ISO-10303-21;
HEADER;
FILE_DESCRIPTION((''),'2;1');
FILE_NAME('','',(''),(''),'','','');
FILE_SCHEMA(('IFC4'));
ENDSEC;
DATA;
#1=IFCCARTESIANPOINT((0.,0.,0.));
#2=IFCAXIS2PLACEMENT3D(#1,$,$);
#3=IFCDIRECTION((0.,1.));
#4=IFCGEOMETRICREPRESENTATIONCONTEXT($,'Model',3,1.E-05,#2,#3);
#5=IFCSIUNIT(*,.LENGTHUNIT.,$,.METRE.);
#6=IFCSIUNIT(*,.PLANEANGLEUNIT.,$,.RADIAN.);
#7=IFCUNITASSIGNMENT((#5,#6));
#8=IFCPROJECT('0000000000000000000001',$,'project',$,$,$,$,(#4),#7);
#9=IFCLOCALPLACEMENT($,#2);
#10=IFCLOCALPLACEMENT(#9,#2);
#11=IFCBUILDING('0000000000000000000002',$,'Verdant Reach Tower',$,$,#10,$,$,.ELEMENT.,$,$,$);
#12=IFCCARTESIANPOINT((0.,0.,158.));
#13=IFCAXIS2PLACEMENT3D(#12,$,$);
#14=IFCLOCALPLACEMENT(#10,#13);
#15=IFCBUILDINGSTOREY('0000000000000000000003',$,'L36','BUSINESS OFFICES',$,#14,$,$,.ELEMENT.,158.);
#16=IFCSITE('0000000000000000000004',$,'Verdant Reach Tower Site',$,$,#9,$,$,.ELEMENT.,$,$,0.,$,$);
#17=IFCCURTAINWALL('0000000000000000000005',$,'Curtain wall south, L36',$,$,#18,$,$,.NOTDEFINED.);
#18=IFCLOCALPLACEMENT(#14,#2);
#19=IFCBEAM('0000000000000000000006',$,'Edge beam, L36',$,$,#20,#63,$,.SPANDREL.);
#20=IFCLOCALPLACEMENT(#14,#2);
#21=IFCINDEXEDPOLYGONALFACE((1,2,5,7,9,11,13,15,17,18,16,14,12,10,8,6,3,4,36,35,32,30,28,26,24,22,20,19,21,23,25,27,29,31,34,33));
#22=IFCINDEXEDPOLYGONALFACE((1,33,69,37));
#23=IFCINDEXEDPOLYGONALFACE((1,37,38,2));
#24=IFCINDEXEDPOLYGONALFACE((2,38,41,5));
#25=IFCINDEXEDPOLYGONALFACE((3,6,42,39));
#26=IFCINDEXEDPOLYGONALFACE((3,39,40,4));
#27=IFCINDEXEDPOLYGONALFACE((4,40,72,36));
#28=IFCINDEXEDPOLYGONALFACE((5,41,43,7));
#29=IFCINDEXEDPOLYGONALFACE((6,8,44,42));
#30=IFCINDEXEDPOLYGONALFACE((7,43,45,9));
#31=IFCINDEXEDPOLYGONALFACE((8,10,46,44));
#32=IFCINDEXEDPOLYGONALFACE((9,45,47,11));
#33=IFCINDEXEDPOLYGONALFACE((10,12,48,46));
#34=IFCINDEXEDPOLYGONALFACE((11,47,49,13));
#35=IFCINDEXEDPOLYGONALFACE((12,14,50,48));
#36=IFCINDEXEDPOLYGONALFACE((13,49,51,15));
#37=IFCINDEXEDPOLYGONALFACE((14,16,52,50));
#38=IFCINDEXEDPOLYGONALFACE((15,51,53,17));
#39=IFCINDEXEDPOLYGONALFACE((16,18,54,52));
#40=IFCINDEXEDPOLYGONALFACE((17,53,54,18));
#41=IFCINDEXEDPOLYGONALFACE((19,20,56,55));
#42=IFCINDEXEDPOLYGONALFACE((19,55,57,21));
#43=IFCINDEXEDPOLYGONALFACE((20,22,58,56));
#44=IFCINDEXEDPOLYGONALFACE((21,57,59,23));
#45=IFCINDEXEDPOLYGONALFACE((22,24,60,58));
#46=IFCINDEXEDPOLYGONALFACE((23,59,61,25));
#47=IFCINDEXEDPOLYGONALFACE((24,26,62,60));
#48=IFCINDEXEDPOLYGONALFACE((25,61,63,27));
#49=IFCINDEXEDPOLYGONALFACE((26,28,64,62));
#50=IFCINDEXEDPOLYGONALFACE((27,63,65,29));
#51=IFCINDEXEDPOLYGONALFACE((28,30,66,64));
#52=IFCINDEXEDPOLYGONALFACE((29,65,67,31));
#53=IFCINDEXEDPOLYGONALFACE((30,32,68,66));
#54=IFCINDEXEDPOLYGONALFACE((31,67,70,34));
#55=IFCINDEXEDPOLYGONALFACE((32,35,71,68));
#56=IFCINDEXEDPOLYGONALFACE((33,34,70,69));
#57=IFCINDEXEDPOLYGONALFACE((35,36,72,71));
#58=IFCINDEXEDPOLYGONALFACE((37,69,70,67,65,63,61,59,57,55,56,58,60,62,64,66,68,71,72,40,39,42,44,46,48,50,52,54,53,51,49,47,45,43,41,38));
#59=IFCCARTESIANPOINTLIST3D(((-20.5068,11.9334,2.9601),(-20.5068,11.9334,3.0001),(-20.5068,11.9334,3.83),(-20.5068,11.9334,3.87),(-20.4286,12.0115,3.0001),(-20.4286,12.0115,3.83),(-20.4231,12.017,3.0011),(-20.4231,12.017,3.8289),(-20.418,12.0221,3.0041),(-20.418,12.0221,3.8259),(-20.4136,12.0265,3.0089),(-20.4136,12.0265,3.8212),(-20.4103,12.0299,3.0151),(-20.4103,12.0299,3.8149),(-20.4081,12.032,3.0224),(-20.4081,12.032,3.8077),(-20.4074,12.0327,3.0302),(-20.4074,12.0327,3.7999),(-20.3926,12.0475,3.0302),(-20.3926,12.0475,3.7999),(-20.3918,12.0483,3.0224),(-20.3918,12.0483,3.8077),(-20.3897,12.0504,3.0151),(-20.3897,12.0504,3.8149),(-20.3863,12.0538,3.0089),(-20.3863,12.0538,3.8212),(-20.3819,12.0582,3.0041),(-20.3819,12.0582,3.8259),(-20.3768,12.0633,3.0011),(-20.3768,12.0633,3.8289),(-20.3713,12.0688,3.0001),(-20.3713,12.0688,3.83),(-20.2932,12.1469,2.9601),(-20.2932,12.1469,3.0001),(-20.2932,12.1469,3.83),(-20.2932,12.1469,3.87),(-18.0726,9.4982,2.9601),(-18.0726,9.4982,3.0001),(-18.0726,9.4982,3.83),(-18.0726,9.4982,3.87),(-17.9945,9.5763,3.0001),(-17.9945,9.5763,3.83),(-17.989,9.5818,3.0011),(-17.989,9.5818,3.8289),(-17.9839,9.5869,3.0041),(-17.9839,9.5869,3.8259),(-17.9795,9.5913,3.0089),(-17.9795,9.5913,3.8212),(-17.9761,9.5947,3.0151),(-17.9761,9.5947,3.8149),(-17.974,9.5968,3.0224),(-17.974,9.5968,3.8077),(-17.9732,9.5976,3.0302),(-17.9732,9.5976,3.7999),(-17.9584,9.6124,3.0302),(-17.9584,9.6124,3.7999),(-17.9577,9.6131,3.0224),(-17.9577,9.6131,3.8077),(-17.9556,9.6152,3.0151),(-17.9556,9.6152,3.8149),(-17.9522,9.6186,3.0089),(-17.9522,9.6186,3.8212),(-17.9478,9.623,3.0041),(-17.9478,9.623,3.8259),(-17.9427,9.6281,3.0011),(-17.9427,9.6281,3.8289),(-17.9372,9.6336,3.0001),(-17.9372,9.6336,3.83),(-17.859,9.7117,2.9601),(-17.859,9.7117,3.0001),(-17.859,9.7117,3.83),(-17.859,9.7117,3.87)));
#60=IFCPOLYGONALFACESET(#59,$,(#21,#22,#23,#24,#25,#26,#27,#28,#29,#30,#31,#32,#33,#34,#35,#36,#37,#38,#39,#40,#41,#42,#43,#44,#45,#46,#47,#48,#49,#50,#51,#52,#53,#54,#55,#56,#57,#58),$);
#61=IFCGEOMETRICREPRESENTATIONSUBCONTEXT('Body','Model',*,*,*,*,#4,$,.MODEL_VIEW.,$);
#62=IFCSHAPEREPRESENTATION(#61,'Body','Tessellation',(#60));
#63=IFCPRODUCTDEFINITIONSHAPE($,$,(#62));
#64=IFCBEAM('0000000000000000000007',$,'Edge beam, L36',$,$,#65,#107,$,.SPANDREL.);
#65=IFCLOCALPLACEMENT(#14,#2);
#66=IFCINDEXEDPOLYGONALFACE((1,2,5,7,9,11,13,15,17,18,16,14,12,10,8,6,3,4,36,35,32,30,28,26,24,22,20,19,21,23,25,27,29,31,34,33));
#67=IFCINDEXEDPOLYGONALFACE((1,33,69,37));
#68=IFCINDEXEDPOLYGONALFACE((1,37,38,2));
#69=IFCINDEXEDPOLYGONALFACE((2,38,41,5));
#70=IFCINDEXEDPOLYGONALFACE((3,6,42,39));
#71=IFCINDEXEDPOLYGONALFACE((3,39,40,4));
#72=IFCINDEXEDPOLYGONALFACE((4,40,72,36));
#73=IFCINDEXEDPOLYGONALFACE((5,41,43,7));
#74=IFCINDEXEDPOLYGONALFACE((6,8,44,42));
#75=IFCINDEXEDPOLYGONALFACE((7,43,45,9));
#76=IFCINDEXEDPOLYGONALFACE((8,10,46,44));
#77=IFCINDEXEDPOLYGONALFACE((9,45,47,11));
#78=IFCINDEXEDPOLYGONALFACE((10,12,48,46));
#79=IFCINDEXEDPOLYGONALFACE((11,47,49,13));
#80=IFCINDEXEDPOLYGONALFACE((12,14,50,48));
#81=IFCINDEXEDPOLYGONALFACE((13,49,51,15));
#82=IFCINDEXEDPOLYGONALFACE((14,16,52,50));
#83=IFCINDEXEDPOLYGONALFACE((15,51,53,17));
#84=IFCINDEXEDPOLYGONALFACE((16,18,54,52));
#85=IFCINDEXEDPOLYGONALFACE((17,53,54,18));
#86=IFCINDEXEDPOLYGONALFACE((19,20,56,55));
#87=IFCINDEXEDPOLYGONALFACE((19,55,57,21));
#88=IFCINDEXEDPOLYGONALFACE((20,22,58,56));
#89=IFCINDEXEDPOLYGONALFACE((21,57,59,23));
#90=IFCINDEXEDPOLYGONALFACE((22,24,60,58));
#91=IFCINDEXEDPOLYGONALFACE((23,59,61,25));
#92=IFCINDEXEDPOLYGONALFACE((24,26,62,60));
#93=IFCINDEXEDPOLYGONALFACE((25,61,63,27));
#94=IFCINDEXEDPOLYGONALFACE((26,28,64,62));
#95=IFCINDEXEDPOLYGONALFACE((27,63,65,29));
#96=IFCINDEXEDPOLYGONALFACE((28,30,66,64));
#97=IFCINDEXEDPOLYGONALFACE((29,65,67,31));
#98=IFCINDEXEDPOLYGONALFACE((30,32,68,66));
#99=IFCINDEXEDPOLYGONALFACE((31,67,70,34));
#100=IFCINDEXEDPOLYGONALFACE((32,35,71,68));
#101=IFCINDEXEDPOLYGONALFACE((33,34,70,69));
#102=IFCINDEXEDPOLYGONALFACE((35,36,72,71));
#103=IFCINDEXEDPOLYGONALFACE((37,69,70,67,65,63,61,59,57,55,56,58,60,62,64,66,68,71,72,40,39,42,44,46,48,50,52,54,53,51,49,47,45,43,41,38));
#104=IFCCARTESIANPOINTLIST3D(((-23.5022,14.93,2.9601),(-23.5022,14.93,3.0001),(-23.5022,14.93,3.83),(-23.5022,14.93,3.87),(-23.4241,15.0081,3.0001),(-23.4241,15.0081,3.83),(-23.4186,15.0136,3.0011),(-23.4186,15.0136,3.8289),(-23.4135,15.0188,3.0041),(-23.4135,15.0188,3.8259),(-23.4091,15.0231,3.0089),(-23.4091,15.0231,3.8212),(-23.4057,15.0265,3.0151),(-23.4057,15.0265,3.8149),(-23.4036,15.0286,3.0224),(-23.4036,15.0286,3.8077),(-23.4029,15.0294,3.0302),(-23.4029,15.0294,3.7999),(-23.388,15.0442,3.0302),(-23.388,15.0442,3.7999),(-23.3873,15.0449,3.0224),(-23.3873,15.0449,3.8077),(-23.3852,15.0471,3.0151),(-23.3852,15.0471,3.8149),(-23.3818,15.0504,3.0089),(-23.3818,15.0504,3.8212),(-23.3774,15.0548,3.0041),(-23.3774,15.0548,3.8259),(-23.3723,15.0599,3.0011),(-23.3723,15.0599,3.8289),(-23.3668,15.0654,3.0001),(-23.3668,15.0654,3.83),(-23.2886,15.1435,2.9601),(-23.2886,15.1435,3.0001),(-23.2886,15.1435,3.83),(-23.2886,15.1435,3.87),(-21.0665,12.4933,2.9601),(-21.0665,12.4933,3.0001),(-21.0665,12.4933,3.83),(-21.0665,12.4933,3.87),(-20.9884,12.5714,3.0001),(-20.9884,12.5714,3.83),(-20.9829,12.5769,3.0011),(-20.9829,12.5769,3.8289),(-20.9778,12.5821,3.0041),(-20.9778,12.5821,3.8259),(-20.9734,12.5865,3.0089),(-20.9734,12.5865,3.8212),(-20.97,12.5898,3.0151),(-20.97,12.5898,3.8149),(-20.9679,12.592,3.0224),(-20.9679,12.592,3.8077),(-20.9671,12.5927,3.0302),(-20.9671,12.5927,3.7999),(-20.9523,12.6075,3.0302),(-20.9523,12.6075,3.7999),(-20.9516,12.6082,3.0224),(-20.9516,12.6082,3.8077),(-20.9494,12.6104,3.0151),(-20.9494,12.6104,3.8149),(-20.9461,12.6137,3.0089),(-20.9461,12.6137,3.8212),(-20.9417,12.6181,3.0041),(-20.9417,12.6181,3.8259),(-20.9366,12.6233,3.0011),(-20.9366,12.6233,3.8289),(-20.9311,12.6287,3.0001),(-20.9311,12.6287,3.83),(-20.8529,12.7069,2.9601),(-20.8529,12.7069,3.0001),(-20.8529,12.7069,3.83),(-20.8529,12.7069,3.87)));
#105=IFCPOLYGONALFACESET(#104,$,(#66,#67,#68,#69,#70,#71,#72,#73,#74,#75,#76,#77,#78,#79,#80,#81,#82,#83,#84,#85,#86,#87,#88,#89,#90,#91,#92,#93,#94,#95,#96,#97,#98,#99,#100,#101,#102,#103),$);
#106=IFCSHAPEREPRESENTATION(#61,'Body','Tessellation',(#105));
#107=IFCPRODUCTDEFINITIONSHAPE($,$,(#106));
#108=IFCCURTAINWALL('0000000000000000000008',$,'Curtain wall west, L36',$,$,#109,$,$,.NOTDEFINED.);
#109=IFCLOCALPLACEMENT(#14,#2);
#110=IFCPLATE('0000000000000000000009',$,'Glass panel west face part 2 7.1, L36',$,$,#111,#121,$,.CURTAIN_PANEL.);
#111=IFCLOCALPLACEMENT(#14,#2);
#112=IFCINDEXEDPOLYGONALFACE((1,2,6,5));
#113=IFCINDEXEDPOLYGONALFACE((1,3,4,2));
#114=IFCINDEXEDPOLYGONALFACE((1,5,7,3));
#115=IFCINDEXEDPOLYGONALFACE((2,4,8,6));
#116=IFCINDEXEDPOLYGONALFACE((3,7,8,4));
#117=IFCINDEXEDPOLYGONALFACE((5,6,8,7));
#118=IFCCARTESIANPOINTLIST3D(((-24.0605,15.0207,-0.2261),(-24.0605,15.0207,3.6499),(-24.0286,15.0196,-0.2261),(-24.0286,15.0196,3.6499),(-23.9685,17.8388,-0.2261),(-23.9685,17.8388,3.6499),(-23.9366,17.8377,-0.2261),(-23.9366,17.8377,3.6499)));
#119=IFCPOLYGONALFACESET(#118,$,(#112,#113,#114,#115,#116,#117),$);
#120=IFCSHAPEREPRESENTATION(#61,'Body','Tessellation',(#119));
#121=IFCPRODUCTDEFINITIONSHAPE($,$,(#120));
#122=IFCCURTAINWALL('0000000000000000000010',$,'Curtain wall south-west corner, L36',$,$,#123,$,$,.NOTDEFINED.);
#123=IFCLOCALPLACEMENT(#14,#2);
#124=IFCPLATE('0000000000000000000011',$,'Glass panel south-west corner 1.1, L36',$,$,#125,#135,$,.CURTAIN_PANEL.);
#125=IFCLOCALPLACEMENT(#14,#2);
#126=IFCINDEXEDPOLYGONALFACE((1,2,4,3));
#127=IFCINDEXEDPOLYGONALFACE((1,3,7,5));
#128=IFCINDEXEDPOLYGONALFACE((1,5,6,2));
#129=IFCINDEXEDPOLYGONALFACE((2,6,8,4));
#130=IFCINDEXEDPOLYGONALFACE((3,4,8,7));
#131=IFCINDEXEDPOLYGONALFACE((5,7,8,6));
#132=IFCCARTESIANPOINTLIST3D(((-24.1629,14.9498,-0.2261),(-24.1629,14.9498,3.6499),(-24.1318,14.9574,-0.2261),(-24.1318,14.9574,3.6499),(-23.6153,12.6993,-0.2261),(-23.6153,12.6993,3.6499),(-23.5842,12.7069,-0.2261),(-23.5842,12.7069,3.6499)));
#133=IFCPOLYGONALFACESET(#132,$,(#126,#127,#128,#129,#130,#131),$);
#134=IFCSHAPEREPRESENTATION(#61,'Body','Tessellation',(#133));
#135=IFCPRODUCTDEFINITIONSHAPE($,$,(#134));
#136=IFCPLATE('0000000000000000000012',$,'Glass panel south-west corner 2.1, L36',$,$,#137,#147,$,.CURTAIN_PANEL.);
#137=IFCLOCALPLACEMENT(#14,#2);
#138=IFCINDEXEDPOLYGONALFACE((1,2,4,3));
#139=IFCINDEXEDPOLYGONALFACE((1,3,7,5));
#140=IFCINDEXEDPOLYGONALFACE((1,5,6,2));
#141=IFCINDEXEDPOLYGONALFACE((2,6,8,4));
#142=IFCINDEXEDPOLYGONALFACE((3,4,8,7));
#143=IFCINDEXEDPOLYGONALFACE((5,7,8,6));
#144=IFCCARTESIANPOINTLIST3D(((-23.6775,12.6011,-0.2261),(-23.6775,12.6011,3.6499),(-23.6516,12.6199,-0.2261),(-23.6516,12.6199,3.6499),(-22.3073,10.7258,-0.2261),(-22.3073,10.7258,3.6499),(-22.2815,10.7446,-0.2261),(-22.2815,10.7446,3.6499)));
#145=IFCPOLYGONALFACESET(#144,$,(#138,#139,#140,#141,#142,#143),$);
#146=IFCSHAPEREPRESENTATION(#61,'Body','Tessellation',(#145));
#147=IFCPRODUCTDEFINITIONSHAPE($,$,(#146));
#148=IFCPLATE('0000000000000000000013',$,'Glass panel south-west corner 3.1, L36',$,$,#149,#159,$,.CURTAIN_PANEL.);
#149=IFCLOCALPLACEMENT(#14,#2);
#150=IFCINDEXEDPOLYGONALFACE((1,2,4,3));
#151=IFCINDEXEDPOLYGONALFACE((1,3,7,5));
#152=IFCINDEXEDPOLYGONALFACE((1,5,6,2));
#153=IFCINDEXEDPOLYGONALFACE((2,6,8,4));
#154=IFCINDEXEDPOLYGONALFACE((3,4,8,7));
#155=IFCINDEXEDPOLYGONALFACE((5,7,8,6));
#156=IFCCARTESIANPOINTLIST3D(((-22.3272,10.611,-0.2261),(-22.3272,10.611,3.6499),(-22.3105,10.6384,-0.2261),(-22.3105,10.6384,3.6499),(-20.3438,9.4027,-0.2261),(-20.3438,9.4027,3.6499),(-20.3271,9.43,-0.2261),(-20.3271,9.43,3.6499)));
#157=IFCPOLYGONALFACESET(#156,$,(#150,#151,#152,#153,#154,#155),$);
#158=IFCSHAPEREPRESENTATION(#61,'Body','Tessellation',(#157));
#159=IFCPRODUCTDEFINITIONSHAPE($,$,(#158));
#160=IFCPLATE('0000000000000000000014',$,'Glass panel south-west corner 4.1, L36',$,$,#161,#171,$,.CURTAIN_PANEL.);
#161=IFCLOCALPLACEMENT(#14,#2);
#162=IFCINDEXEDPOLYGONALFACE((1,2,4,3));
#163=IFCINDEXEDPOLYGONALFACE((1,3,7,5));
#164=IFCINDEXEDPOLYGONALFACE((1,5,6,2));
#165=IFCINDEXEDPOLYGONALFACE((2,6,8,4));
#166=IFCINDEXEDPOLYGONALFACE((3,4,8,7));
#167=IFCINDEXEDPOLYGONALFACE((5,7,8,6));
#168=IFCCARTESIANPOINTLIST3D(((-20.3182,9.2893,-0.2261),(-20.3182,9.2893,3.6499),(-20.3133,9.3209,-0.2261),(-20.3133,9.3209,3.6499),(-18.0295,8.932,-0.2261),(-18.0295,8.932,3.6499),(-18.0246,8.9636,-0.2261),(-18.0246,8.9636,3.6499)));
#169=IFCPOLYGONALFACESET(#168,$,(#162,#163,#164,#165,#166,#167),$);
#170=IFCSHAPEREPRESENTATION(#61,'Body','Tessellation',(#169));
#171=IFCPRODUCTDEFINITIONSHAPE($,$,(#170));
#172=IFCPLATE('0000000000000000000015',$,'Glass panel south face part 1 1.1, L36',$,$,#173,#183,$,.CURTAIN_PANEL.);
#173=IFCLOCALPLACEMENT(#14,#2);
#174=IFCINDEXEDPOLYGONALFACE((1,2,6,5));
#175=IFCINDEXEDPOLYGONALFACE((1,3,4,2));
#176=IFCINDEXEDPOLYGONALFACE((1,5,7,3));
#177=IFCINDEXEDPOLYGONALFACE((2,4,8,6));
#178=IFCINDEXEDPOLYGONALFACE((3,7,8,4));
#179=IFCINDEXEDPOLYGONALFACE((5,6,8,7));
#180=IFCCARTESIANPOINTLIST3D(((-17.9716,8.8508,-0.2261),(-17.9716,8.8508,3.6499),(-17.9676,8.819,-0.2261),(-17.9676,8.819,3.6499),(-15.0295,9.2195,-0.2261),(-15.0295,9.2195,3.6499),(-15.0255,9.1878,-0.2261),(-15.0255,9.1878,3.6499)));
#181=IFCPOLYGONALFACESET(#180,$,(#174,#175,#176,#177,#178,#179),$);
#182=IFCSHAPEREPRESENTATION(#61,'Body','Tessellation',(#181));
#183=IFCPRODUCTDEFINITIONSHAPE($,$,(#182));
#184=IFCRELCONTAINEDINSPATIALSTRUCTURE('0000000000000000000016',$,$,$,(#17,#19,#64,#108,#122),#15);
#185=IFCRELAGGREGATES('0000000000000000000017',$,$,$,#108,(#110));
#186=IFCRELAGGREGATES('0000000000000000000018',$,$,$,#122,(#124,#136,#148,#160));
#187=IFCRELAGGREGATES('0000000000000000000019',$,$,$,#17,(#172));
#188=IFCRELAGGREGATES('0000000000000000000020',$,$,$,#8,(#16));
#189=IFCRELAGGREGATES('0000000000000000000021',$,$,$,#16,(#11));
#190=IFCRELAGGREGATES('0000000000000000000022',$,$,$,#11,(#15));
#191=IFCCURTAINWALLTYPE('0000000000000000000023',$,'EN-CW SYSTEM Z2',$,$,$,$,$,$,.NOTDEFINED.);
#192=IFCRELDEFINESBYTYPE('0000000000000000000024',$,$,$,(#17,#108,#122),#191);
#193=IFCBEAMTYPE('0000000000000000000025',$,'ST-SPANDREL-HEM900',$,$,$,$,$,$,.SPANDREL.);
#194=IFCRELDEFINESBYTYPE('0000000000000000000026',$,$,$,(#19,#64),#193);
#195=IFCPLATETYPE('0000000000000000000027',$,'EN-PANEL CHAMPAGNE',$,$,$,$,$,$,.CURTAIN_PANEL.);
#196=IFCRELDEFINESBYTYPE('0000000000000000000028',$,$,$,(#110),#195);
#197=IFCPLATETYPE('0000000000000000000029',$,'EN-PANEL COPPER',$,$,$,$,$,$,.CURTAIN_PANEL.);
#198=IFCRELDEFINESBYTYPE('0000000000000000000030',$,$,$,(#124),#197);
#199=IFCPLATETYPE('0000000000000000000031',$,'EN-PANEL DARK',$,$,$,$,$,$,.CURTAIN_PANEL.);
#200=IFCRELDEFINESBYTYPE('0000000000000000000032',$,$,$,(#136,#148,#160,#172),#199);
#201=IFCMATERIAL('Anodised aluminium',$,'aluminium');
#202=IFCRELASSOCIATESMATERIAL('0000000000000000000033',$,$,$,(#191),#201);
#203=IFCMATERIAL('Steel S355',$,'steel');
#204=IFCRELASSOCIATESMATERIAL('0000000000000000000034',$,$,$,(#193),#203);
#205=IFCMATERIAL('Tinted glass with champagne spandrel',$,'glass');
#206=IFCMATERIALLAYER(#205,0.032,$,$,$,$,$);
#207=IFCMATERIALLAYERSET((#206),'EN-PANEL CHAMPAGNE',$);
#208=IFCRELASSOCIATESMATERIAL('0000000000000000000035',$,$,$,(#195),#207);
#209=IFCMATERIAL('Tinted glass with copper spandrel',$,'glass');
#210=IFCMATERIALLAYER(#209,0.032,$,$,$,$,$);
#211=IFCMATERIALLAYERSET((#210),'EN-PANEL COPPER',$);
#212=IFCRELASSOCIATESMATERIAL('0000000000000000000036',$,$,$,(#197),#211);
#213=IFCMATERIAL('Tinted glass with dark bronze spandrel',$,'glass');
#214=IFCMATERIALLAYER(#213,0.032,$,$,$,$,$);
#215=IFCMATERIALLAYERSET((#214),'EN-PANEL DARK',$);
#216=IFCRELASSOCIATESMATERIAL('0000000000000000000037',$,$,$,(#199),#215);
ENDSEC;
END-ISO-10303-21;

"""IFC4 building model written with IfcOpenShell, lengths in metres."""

from ifc_helpers import new_model, si_unit, direction, frame, origin, origin_2d, place, context, subcontext, project, spatial, rectangle, i_section, extrude, material, layer, layer_set, material_profile, profile_set, type_object, element, aggregate, save


model = new_model("IFC4")

# Units and contexts
model_context = context("Model", 3, precision=1e-05, world=origin(), true_north=direction((0.0, 1.0)))
body_context = subcontext(model_context, "Body", "Model", "MODEL_VIEW")
ifc_project = project(units=[si_unit("LENGTHUNIT", "METRE"), si_unit("PLANEANGLEUNIT", "RADIAN")], contexts=[model_context])

# Site, building, storey
site_placement = place(None, origin())
site = spatial("IfcSite", under=ifc_project, at=site_placement, Name="Verdant Reach Tower Site", CompositionType="ELEMENT", RefElevation=0.0)
building_placement = place(site_placement, origin())
building = spatial("IfcBuilding", under=site, at=building_placement, Name="Verdant Reach Tower", CompositionType="ELEMENT")
storey_placement = place(building_placement, frame((0.0, 0.0, 158.0)))
storey = spatial("IfcBuildingStorey", under=building, at=storey_placement, Name="L36", Description="BUSINESS OFFICES", CompositionType="ELEMENT", Elevation=158.0)

# Curtain wall
ifc_material_1 = material(Name="Anodised aluminium", Category="aluminium")
curtain_wall_type = type_object("IfcCurtainWallType", Name="EN-CW SYSTEM Z2", PredefinedType="NOTDEFINED", material=ifc_material_1)
curtain_wall_1_placement = place(storey_placement, origin())
curtain_wall_1 = element("IfcCurtainWall", 1, at=curtain_wall_1_placement, inside=storey, type_object=curtain_wall_type, Name="Curtain wall south, L36", PredefinedType="NOTDEFINED")

# Beams
ifc_material_2 = material(Name="Steel S355", Category="steel")
ifc_material_profile_1 = material_profile(ifc_material_2, i_section(OverallWidth=0.302, OverallDepth=0.9099, WebThickness=0.021, FlangeThickness=0.04, FilletRadius=0.03, at=origin_2d()), Name="HEM 900")
ifc_profile_set_1 = profile_set([ifc_material_profile_1], Name="Steel S355")
beam_type_1 = type_object("IfcBeamType", Name="ST-SPANDREL-HEM900", PredefinedType="SPANDREL", material=ifc_profile_set_1)
beam_1_placement = place(storey_placement, frame((-17.9658, 9.605, 3.415), z_axis=(-0.706965, 0.707249, 0.0), x_axis=(-0.707249, -0.706965, 0.0)))
element("IfcBeam", 2, at=beam_1_placement, inside=storey, type_object=beam_type_1, Name="Edge beam, L36", PredefinedType="SPANDREL", context=body_context, shape_type="SweptSolid", body=[
    extrude(i_section(OverallWidth=0.302, OverallDepth=0.9099, WebThickness=0.021, FlangeThickness=0.04, FilletRadius=0.03, at=origin_2d()), origin(), (0.0, 0.0, 1.0), 3.4431),
])
beam_2_placement = place(storey_placement, frame((-20.9597, 12.6001, 3.415), z_axis=(-0.706965, 0.707248, 0.0), x_axis=(-0.707248, -0.706965, 0.0)))
element("IfcBeam", 3, at=beam_2_placement, inside=storey, type_object=beam_type_1, Name="Edge beam, L36", PredefinedType="SPANDREL", context=body_context, shape_type="SweptSolid", body=[
    extrude(i_section(OverallWidth=0.302, OverallDepth=0.9099, WebThickness=0.021, FlangeThickness=0.04, FilletRadius=0.03, at=origin_2d()), origin(), (0.0, 0.0, 1.0), 3.4453),
])

# Curtain wall, plate
curtain_wall_2_placement = place(storey_placement, origin())
curtain_wall_2 = element("IfcCurtainWall", 4, at=curtain_wall_2_placement, inside=storey, type_object=curtain_wall_type, Name="Curtain wall west, L36", PredefinedType="NOTDEFINED")
ifc_material_3 = material(Name="Tinted glass with champagne spandrel", Category="glass")
ifc_layer_1 = layer(ifc_material_3, 0.032)
ifc_layer_set_1 = layer_set([ifc_layer_1], Name="EN-PANEL CHAMPAGNE")
plate_type_1 = type_object("IfcPlateType", Name="EN-PANEL CHAMPAGNE", PredefinedType="CURTAIN_PANEL", material=ifc_layer_set_1)
plate_1_placement = place(storey_placement, frame((-23.9985, 16.4292, -0.2261), z_axis=(0.0, 0.0, 1.0), x_axis=(-0.032628, -0.999468, 0.0)))
plate_1 = element("IfcPlate", 5, at=plate_1_placement, type_object=plate_type_1, Name="Glass panel west face part 2 7.1, L36", PredefinedType="CURTAIN_PANEL", context=body_context, shape_type="SweptSolid", body=[
    extrude(rectangle(XDim=2.8196, YDim=0.032, at=origin_2d()), origin(), (0.0, 0.0, 1.0), 3.876),
])
aggregate(curtain_wall_2, [plate_1])

# Curtain wall, plates
curtain_wall_3_placement = place(storey_placement, origin())
curtain_wall_3 = element("IfcCurtainWall", 6, at=curtain_wall_3_placement, inside=storey, type_object=curtain_wall_type, Name="Curtain wall south-west corner, L36", PredefinedType="NOTDEFINED")
ifc_material_4 = material(Name="Tinted glass with copper spandrel", Category="glass")
ifc_layer_2 = layer(ifc_material_4, 0.032)
ifc_layer_set_2 = layer_set([ifc_layer_2], Name="EN-PANEL COPPER")
plate_type_2 = type_object("IfcPlateType", Name="EN-PANEL COPPER", PredefinedType="CURTAIN_PANEL", material=ifc_layer_set_2)
plate_2_placement = place(storey_placement, frame((-23.8735, 13.8284, -0.2261), z_axis=(0.0, 0.0, 1.0), x_axis=(0.236416, -0.971652, 0.0)))
plate_2 = element("IfcPlate", 7, at=plate_2_placement, type_object=plate_type_2, Name="Glass panel south-west corner 1.1, L36", PredefinedType="CURTAIN_PANEL", context=body_context, shape_type="SweptSolid", body=[
    extrude(rectangle(XDim=2.3162, YDim=0.032, at=origin_2d()), origin(), (0.0, 0.0, 1.0), 3.876),
])
ifc_material_5 = material(Name="Tinted glass with dark bronze spandrel", Category="glass")
ifc_layer_3 = layer(ifc_material_5, 0.032)
ifc_layer_set_3 = layer_set([ifc_layer_3], Name="EN-PANEL DARK")
plate_type_3 = type_object("IfcPlateType", Name="EN-PANEL DARK", PredefinedType="CURTAIN_PANEL", material=ifc_layer_set_3)
plate_3_placement = place(storey_placement, frame((-22.9795, 11.6729, -0.2261), z_axis=(0.0, 0.0, 1.0), x_axis=(0.589927, -0.807457, 0.0)))
plate_3 = element("IfcPlate", 8, at=plate_3_placement, type_object=plate_type_3, Name="Glass panel south-west corner 2.1, L36", PredefinedType="CURTAIN_PANEL", context=body_context, shape_type="SweptSolid", body=[
    extrude(rectangle(XDim=2.3225, YDim=0.032, at=origin_2d()), origin(), (0.0, 0.0, 1.0), 3.876),
])
plate_4_placement = place(storey_placement, frame((-21.3271, 10.0205, -0.2261), z_axis=(0.0, 0.0, 1.0), x_axis=(0.853989, -0.520292, 0.0)))
plate_4 = element("IfcPlate", 9, at=plate_4_placement, type_object=plate_type_3, Name="Glass panel south-west corner 3.1, L36", PredefinedType="CURTAIN_PANEL", context=body_context, shape_type="SweptSolid", body=[
    extrude(rectangle(XDim=2.3225, YDim=0.032, at=origin_2d()), origin(), (0.0, 0.0, 1.0), 3.876),
])
plate_5_placement = place(storey_placement, frame((-19.1714, 9.1265, -0.2261), z_axis=(0.0, 0.0, 1.0), x_axis=(0.988031, -0.154256, 0.0)))
plate_5 = element("IfcPlate", 10, at=plate_5_placement, type_object=plate_type_3, Name="Glass panel south-west corner 4.1, L36", PredefinedType="CURTAIN_PANEL", context=body_context, shape_type="SweptSolid", body=[
    extrude(rectangle(XDim=2.3164, YDim=0.032, at=origin_2d()), origin(), (0.0, 0.0, 1.0), 3.876),
])
aggregate(curtain_wall_3, [plate_2, plate_3, plate_4, plate_5])

# Plate
plate_6_placement = place(storey_placement, frame((-16.4985, 9.0193, -0.2261), z_axis=(0.0, 0.0, 1.0), x_axis=(0.992237, 0.124365, 0.0)))
plate_6 = element("IfcPlate", 11, at=plate_6_placement, type_object=plate_type_3, Name="Glass panel south face part 1 1.1, L36", PredefinedType="CURTAIN_PANEL", context=body_context, shape_type="SweptSolid", body=[
    extrude(rectangle(XDim=2.9651, YDim=0.032, at=origin_2d()), origin(), (0.0, 0.0, 1.0), 3.876),
])
aggregate(curtain_wall_1, [plate_6])

save(model, "model.ifc")
